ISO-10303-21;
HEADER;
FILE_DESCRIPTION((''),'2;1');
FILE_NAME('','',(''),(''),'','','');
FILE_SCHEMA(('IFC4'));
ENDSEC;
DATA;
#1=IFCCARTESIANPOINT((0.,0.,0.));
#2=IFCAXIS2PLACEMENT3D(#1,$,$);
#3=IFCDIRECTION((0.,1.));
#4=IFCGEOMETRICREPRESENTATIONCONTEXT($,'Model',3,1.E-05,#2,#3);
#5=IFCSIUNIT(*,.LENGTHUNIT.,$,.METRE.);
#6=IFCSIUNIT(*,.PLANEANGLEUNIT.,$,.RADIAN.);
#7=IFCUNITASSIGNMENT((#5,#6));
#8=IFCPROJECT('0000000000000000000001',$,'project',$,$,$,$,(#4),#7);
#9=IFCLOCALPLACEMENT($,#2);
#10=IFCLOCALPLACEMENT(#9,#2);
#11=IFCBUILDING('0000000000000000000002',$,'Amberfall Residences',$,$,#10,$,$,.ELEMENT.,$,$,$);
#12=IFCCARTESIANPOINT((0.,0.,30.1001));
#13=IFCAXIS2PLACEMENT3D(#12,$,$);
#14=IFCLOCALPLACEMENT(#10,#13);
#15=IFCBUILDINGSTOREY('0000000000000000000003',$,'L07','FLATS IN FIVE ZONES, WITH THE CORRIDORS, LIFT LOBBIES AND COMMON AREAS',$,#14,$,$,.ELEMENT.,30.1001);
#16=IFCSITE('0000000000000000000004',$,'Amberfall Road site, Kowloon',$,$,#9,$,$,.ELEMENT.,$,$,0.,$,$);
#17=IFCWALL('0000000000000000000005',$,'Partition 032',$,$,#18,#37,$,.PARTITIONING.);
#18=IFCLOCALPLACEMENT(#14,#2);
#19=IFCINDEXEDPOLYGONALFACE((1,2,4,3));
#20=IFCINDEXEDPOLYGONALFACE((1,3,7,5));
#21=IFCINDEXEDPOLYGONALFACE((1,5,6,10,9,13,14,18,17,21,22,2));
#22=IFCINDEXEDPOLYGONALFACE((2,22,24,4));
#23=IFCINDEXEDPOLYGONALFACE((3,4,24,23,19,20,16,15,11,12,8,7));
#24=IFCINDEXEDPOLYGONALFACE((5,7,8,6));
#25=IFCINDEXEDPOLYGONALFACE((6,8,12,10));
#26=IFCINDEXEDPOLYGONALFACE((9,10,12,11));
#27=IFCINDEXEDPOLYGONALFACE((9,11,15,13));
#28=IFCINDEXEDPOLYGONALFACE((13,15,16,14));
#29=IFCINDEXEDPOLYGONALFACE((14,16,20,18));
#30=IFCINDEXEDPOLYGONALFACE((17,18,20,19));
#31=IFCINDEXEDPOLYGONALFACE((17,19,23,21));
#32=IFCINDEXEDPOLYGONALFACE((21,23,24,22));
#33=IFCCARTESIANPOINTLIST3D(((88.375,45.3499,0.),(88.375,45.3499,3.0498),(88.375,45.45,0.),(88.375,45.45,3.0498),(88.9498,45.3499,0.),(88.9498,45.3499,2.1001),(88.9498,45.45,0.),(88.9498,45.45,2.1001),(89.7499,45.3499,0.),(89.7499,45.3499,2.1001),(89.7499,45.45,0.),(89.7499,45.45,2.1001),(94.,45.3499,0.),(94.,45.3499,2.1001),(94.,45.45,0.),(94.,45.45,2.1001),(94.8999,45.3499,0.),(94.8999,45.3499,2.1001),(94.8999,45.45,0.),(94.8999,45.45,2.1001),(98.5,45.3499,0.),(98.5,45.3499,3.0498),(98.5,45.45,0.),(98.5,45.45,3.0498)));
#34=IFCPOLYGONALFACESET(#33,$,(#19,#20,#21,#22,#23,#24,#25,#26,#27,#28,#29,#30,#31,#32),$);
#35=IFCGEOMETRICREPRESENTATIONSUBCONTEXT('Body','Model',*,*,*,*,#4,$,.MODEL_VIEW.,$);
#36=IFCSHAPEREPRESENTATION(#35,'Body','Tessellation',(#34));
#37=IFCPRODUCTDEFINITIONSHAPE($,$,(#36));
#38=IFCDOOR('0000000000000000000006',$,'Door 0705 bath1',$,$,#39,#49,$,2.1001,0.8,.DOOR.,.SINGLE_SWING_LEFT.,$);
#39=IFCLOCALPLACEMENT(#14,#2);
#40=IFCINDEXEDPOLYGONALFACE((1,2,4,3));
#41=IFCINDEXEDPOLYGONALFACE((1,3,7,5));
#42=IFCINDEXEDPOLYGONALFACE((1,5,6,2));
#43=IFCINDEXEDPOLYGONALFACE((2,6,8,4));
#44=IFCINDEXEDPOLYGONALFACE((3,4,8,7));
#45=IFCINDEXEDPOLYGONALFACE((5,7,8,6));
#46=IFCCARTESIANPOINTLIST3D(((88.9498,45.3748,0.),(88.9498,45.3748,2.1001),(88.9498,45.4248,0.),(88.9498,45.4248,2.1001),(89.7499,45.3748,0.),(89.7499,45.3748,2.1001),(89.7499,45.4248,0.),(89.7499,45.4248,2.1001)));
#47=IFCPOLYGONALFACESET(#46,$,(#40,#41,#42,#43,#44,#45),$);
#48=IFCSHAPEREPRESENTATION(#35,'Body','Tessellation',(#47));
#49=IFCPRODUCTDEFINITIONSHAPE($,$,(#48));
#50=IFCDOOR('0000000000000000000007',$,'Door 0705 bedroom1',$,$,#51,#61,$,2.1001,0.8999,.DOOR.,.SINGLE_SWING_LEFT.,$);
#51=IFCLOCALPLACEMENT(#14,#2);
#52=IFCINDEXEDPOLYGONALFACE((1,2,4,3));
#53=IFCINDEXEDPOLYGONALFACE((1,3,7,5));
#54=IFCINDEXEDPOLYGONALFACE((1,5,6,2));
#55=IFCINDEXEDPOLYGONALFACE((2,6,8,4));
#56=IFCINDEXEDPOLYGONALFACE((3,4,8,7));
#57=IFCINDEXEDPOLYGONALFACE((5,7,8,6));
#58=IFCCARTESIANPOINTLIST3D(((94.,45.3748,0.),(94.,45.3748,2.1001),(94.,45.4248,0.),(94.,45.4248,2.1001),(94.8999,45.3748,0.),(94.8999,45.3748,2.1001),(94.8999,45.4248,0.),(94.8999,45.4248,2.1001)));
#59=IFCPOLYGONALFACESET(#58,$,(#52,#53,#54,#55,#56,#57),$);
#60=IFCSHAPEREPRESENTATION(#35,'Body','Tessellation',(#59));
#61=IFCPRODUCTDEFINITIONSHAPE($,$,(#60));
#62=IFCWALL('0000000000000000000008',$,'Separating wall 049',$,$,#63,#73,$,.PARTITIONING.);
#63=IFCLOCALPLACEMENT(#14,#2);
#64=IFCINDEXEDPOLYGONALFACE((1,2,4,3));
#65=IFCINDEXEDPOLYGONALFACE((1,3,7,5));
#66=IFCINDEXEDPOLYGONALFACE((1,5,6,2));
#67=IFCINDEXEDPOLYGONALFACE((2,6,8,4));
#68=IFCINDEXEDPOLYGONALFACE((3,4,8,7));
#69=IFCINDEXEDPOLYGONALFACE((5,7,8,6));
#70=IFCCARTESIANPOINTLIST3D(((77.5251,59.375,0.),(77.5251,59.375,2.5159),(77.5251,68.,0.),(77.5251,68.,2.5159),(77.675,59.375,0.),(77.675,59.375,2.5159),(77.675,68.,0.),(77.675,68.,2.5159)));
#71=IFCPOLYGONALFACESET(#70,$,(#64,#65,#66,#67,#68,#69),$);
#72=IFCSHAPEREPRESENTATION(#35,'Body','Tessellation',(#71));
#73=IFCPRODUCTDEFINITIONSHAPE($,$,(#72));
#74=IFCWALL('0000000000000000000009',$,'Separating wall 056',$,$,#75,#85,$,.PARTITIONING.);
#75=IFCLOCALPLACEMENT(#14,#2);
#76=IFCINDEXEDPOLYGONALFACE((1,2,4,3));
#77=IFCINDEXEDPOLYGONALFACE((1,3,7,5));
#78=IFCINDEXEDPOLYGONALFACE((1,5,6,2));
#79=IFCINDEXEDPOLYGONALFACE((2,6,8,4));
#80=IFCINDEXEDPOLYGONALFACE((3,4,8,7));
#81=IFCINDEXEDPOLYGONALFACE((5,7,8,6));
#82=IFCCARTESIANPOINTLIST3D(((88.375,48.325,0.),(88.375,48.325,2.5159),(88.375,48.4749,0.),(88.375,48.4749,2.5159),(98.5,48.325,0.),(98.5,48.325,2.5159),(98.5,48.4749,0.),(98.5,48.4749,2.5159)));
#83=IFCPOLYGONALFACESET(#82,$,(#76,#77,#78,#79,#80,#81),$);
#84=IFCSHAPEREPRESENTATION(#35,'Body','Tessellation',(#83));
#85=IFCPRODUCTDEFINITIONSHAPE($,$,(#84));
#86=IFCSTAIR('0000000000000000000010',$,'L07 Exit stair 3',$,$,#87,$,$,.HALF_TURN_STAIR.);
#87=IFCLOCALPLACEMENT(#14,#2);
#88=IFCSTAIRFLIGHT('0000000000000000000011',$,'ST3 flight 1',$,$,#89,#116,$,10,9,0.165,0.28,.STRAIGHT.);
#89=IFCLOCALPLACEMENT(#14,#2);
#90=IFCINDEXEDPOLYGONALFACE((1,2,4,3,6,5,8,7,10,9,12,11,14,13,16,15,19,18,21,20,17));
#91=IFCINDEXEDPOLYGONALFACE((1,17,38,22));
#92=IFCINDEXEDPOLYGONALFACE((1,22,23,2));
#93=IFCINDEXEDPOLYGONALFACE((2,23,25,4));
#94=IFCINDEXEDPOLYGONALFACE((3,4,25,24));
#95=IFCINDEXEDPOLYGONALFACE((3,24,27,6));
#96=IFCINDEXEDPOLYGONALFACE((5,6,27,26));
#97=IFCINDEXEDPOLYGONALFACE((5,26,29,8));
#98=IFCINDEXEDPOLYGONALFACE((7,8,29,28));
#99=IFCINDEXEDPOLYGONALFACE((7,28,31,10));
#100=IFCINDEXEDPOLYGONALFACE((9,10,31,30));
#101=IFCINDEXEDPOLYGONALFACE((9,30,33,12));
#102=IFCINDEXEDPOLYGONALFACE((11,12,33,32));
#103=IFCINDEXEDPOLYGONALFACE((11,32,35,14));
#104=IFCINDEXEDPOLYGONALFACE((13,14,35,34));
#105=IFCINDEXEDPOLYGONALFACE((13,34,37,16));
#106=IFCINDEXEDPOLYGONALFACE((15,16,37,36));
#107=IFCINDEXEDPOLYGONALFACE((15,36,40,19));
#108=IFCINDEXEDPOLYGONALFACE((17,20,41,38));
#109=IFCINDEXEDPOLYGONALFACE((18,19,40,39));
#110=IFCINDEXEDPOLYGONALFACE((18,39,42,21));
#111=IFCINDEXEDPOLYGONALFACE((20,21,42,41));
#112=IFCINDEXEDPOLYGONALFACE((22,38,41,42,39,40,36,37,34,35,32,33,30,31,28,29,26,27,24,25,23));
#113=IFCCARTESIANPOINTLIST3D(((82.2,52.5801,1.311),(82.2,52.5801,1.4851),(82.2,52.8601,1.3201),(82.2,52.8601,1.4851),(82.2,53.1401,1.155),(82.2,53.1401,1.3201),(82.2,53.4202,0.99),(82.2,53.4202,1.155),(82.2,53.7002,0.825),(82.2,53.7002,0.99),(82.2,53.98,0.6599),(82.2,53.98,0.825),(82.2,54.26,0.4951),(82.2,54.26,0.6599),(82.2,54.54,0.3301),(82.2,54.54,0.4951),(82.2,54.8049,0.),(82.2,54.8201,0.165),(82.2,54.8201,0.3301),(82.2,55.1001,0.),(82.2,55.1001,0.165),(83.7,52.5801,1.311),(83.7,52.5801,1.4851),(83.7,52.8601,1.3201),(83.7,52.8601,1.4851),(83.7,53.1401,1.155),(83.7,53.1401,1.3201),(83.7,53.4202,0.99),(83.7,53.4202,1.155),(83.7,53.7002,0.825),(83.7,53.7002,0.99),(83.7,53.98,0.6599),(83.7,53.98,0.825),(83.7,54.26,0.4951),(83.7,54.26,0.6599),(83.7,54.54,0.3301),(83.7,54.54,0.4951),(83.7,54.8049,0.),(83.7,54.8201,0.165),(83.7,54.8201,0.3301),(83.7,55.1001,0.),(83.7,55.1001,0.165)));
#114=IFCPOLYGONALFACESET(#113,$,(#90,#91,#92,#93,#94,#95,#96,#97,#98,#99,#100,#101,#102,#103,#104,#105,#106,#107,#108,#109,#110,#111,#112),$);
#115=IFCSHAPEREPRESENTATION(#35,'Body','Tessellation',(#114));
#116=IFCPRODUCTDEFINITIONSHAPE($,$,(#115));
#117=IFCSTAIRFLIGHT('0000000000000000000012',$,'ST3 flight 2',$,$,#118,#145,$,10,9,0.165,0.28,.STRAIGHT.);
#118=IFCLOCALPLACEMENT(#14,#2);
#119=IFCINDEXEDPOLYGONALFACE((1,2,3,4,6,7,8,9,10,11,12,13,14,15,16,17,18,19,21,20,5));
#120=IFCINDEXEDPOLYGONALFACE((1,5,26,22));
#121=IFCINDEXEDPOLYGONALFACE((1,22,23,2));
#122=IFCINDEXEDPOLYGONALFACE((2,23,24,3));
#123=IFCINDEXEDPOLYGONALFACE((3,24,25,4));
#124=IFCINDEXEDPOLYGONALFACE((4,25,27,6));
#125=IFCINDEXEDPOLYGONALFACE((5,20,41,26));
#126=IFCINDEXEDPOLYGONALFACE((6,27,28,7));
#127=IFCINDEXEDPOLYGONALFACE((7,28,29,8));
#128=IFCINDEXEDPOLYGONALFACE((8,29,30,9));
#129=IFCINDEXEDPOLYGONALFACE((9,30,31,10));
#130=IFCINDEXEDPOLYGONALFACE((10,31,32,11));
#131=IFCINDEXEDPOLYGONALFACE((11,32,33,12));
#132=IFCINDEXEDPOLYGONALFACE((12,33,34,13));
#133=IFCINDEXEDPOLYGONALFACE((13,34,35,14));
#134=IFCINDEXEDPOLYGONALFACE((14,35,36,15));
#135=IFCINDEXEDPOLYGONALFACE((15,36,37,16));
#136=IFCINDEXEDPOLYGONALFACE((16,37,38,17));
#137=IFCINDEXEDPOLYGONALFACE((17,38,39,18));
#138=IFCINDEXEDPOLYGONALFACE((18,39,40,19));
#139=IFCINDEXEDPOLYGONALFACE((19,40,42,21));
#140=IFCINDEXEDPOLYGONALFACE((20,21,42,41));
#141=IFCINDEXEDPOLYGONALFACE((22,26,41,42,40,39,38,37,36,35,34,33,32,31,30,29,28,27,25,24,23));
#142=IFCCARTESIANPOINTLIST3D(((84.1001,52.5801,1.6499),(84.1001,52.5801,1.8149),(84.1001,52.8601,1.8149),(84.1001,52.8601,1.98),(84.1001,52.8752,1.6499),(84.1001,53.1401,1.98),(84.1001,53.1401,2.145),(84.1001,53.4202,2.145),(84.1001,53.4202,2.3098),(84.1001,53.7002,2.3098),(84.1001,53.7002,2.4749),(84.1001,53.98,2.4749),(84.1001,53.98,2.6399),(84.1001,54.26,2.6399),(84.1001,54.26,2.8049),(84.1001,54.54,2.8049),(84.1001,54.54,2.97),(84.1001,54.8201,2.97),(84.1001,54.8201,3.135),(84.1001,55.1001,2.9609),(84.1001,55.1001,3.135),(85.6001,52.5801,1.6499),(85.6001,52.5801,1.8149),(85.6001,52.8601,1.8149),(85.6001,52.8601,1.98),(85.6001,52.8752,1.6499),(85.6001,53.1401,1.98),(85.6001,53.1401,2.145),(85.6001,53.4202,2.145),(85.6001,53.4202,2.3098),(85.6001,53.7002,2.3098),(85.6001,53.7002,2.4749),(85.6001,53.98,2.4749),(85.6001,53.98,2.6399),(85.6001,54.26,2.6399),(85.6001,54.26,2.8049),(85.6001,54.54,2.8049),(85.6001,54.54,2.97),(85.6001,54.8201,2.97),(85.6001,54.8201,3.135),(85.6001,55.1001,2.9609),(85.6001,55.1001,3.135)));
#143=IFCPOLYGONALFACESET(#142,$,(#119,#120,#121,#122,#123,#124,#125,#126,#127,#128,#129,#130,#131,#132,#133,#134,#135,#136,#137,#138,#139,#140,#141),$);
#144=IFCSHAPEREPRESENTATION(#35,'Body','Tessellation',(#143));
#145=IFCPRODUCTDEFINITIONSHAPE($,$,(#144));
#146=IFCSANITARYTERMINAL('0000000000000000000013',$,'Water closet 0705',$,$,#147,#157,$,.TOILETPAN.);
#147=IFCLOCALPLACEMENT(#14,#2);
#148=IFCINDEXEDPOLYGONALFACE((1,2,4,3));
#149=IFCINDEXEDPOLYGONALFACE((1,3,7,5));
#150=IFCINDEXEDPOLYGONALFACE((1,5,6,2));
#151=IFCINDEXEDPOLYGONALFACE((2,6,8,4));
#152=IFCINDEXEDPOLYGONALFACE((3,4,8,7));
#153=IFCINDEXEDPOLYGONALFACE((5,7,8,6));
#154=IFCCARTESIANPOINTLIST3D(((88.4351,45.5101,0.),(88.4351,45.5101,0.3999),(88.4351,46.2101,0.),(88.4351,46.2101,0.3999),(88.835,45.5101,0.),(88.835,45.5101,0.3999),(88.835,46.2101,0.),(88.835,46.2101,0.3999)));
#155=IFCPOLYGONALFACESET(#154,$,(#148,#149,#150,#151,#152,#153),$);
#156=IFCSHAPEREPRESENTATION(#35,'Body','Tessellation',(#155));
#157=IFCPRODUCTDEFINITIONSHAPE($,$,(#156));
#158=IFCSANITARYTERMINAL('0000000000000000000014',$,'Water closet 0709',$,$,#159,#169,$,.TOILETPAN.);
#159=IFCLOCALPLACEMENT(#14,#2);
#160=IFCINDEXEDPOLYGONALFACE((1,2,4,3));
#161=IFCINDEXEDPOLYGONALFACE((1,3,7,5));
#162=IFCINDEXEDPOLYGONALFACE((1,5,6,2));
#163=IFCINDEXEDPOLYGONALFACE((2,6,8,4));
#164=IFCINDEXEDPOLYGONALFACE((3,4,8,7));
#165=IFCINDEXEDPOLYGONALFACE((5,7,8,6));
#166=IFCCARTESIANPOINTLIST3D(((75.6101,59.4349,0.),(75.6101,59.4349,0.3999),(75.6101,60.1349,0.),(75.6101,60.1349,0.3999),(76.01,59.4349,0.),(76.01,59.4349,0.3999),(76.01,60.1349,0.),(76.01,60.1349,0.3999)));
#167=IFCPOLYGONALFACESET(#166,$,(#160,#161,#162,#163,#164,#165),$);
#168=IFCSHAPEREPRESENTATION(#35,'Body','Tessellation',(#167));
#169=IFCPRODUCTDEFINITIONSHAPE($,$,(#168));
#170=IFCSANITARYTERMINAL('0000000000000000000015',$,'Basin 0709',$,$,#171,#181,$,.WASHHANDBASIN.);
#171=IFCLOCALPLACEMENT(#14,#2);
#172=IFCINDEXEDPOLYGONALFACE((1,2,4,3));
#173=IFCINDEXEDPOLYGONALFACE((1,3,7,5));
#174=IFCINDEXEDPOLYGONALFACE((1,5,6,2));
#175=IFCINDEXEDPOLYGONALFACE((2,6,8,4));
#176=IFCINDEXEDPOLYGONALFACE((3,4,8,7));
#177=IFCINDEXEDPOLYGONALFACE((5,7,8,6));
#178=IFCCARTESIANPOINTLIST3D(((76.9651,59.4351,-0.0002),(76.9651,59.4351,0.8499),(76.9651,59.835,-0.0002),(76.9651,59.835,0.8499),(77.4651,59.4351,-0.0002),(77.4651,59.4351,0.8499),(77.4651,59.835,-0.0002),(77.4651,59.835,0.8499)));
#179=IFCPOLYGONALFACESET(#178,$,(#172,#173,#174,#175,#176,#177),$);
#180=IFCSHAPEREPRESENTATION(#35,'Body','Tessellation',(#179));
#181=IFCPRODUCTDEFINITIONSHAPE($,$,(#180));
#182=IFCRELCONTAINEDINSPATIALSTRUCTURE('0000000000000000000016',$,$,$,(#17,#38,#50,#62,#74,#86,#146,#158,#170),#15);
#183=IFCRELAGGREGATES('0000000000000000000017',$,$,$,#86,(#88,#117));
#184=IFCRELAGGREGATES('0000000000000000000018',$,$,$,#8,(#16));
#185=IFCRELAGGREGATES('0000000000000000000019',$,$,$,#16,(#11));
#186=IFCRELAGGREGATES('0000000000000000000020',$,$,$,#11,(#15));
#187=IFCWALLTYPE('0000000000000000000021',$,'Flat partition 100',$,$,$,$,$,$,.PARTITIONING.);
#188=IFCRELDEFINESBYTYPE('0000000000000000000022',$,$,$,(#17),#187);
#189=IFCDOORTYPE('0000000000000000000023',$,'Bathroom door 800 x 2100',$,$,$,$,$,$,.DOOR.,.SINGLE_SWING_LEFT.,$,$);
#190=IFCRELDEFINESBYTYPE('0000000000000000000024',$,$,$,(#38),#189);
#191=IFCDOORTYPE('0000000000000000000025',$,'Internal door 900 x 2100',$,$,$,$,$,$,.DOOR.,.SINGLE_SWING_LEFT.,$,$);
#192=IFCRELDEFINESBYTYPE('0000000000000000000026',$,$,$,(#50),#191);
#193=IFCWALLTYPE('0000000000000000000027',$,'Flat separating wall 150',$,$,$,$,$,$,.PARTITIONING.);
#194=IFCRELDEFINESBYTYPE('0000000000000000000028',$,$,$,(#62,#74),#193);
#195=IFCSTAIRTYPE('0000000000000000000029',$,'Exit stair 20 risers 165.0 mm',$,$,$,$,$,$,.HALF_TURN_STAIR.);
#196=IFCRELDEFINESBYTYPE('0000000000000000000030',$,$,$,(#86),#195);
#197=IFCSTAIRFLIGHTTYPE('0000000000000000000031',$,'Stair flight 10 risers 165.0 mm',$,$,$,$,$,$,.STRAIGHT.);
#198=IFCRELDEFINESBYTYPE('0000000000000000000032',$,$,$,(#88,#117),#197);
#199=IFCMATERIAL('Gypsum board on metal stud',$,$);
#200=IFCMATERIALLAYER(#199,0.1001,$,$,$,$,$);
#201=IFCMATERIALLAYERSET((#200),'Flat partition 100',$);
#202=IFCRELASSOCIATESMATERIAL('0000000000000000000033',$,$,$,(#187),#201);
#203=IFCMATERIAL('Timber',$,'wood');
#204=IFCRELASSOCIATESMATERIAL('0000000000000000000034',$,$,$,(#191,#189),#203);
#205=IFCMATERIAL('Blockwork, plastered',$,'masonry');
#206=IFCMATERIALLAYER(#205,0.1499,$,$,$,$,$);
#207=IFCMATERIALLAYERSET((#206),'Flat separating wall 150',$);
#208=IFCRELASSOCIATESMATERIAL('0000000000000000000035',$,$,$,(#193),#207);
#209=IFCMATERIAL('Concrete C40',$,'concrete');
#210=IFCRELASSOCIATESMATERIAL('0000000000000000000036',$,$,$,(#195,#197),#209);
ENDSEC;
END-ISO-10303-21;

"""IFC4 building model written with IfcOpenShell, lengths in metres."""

from ifc_helpers import new_model, si_unit, direction, frame, frame_2d, origin, origin_2d, place, context, subcontext, project, spatial, polyline, rectangle, outline, extrude, material, layer, layer_set, type_object, element, fill, aggregate, save


model = new_model("IFC4")

# Units and contexts
model_context = context("Model", 3, precision=1e-05, world=origin(), true_north=direction((0.0, 1.0)))
body_context = subcontext(model_context, "Body", "Model", "MODEL_VIEW")
ifc_project = project(units=[si_unit("LENGTHUNIT", "METRE"), si_unit("PLANEANGLEUNIT", "RADIAN")], contexts=[model_context])

# Site, building, storey
site_placement = place(None, origin())
site = spatial("IfcSite", under=ifc_project, at=site_placement, Name="Amberfall Road site, Kowloon", CompositionType="ELEMENT", RefElevation=0.0)
building_placement = place(site_placement, origin())
building = spatial("IfcBuilding", under=site, at=building_placement, Name="Amberfall Residences", CompositionType="ELEMENT")
storey_placement = place(building_placement, frame((0.0, 0.0, 30.1001)))
storey = spatial("IfcBuildingStorey", under=building, at=storey_placement, Name="L07", Description="FLATS IN FIVE ZONES, WITH THE CORRIDORS, LIFT LOBBIES AND COMMON AREAS", CompositionType="ELEMENT", Elevation=30.1001)

# Shared definitions
ifc_material_1 = material(Name="Gypsum board on metal stud")
ifc_layer_1 = layer(ifc_material_1, 0.1001)
ifc_layer_set_1 = layer_set([ifc_layer_1], Name="Flat partition 100")
wall_type_1 = type_object("IfcWallType", Name="Flat partition 100", PredefinedType="PARTITIONING", material=ifc_layer_set_1)
ifc_material_2 = material(Name="Timber", Category="wood")
door_type_1 = type_object("IfcDoorType", Name="Internal door 900 x 2100", OperationType="SINGLE_SWING_LEFT", PredefinedType="DOOR", material=ifc_material_2)

# Wall, openings, doors
wall_1_placement = place(storey_placement, frame((88.375, 45.3999, 0.0), z_axis=(0.0, 0.0, 1.0), x_axis=(1.0, 0.0, 0.0)))
wall_1 = element("IfcWall", 1, at=wall_1_placement, inside=storey, type_object=wall_type_1, Name="Partition 032", PredefinedType="PARTITIONING", context=body_context, shape_type="SweptSolid", body=[
    extrude(rectangle(XDim=10.125, YDim=0.1001, at=frame_2d((5.0625, 0.0))), origin(), (0.0, 0.0, 1.0), 3.0498),
])
opening_1_placement = place(wall_1_placement, frame((5.625, 0.0, 0.0)))
opening_1 = element("IfcOpeningElement", 2, at=opening_1_placement, cuts=wall_1, PredefinedType="OPENING", context=body_context, shape_type="SweptSolid", body=[
    extrude(rectangle(XDim=0.8999, YDim=2.1001, at=frame_2d((0.45, 1.05))), frame((0.0, 0.0601, 0.0), z_axis=(0.0, -1.0, 0.0), x_axis=(1.0, 0.0, 0.0)), (0.0, 0.0, 1.0), 0.1201),
])
opening_2_placement = place(wall_1_placement, frame((0.575, 0.0, 0.0)))
opening_2 = element("IfcOpeningElement", 3, at=opening_2_placement, cuts=wall_1, PredefinedType="OPENING", context=body_context, shape_type="SweptSolid", body=[
    extrude(rectangle(XDim=0.8, YDim=2.1001, at=frame_2d((0.3999, 1.05))), frame((0.0, 0.0601, 0.0), z_axis=(0.0, -1.0, 0.0), x_axis=(1.0, 0.0, 0.0)), (0.0, 0.0, 1.0), 0.1201),
])
door_type_2 = type_object("IfcDoorType", Name="Bathroom door 800 x 2100", OperationType="SINGLE_SWING_LEFT", PredefinedType="DOOR", material=ifc_material_2)
door_1_placement = place(opening_2_placement, origin())
door_1 = element("IfcDoor", 4, at=door_1_placement, inside=storey, type_object=door_type_2, Name="Door 0705 bath1", OperationType="SINGLE_SWING_LEFT", OverallHeight=2.1001, OverallWidth=0.8, PredefinedType="DOOR", context=body_context, shape_type="SweptSolid", body=[
    extrude(rectangle(XDim=0.8, YDim=2.1001, at=frame_2d((0.3999, 1.05))), frame((0.0, 0.0249, 0.0), z_axis=(0.0, -1.0, 0.0), x_axis=(1.0, 0.0, 0.0)), (0.0, 0.0, 1.0), 0.05),
])
fill(opening_2, door_1)
door_2_placement = place(opening_1_placement, origin())
door_2 = element("IfcDoor", 5, at=door_2_placement, inside=storey, type_object=door_type_1, Name="Door 0705 bedroom1", OperationType="SINGLE_SWING_LEFT", OverallHeight=2.1001, OverallWidth=0.8999, PredefinedType="DOOR", context=body_context, shape_type="SweptSolid", body=[
    extrude(rectangle(XDim=0.8999, YDim=2.1001, at=frame_2d((0.45, 1.05))), frame((0.0, 0.0249, 0.0), z_axis=(0.0, -1.0, 0.0), x_axis=(1.0, 0.0, 0.0)), (0.0, 0.0, 1.0), 0.05),
])
fill(opening_1, door_2)

# Walls
ifc_material_3 = material(Name="Blockwork, plastered", Category="masonry")
ifc_layer_2 = layer(ifc_material_3, 0.1499)
ifc_layer_set_2 = layer_set([ifc_layer_2], Name="Flat separating wall 150")
wall_type_2 = type_object("IfcWallType", Name="Flat separating wall 150", PredefinedType="PARTITIONING", material=ifc_layer_set_2)
wall_2_placement = place(storey_placement, frame((77.6001, 59.375, 0.0), z_axis=(0.0, 0.0, 1.0), x_axis=(0.0, 1.0, 0.0)))
element("IfcWall", 6, at=wall_2_placement, inside=storey, type_object=wall_type_2, Name="Separating wall 049", PredefinedType="PARTITIONING", context=body_context, shape_type="SweptSolid", body=[
    extrude(rectangle(XDim=8.625, YDim=0.1499, at=frame_2d((4.3125, 0.0))), origin(), (0.0, 0.0, 1.0), 2.5159),
])
wall_3_placement = place(storey_placement, frame((88.375, 48.3999, 0.0), z_axis=(0.0, 0.0, 1.0), x_axis=(1.0, 0.0, 0.0)))
element("IfcWall", 7, at=wall_3_placement, inside=storey, type_object=wall_type_2, Name="Separating wall 056", PredefinedType="PARTITIONING", context=body_context, shape_type="SweptSolid", body=[
    extrude(rectangle(XDim=10.125, YDim=0.1499, at=frame_2d((5.0625, 0.0))), origin(), (0.0, 0.0, 1.0), 2.5159),
])

# Stair, stair flights
ifc_material_4 = material(Name="Concrete C40", Category="concrete")
stair_type = type_object("IfcStairType", Name="Exit stair 20 risers 165.0 mm", PredefinedType="HALF_TURN_STAIR", material=ifc_material_4)
stair_placement = place(storey_placement, origin())
stair = element("IfcStair", 8, at=stair_placement, inside=storey, type_object=stair_type, Name="L07 Exit stair 3", PredefinedType="HALF_TURN_STAIR")
stair_flight_type = type_object("IfcStairFlightType", Name="Stair flight 10 risers 165.0 mm", PredefinedType="STRAIGHT", material=ifc_material_4)
stair_flight_1_placement = place(storey_placement, frame((82.95, 55.1001, 0.0), z_axis=(0.0, 0.0, 1.0), x_axis=(0.0, -1.0, 0.0)))
stair_flight_1 = element("IfcStairFlight", 9, at=stair_flight_1_placement, type_object=stair_flight_type, Name="ST3 flight 1", NumberOfRisers=10, NumberOfTreads=9, PredefinedType="STRAIGHT", RiserHeight=0.165, TreadLength=0.28, context=body_context, shape_type="SweptSolid", body=[
    extrude(outline(polyline([(0.0, 0.0), (0.0, 0.165), (0.28, 0.165), (0.28, 0.3301), (0.5601, 0.3301), (0.5601, 0.4951), (0.8401, 0.4951), (0.8401, 0.6599), (1.1201, 0.6599), (1.1201, 0.825), (1.3999, 0.825), (1.3999, 0.99), (1.6799, 0.99), (1.6799, 1.155), (1.96, 1.155), (1.96, 1.3201), (2.24, 1.3201), (2.24, 1.4851), (2.52, 1.4851), (2.52, 1.6499), (2.52, 1.311), (0.2952, 0.0), (0.0, 0.0)])), frame((0.0, 0.75, 0.0), z_axis=(0.0, -1.0, 0.0), x_axis=(1.0, 0.0, 0.0)), (0.0, 0.0, 1.0), 1.5),
])
stair_flight_2_placement = place(storey_placement, frame((84.8501, 52.5801, 1.6499), z_axis=(0.0, 0.0, 1.0), x_axis=(0.0, 1.0, 0.0)))
stair_flight_2 = element("IfcStairFlight", 10, at=stair_flight_2_placement, type_object=stair_flight_type, Name="ST3 flight 2", NumberOfRisers=10, NumberOfTreads=9, PredefinedType="STRAIGHT", RiserHeight=0.165, TreadLength=0.28, context=body_context, shape_type="SweptSolid", body=[
    extrude(outline(polyline([(0.0, 0.0), (0.0, 0.165), (0.28, 0.165), (0.28, 0.3301), (0.5601, 0.3301), (0.5601, 0.4951), (0.8401, 0.4951), (0.8401, 0.6599), (1.1201, 0.6599), (1.1201, 0.825), (1.3999, 0.825), (1.3999, 0.99), (1.6799, 0.99), (1.6799, 1.155), (1.96, 1.155), (1.96, 1.3201), (2.24, 1.3201), (2.24, 1.4851), (2.52, 1.4851), (2.52, 1.6499), (2.52, 1.311), (0.2952, 0.0), (0.0, 0.0)])), frame((0.0, 0.75, 0.0), z_axis=(0.0, -1.0, 0.0), x_axis=(1.0, 0.0, 0.0)), (0.0, 0.0, 1.0), 1.5),
])
aggregate(stair, [stair_flight_1, stair_flight_2])

# Sanitary terminals
for number, where, z_axis, x_axis, name in (
    (11, (88.635, 45.8601, 0.0), (0.0, 0.0, 1.0), (1.0, 0.0, 0.0), "Water closet 0705"),
    (12, (75.8101, 59.7849, 0.0), (0.0, 0.0, 1.0), (1.0, 0.0, 0.0), "Water closet 0709"),
):
    element("IfcSanitaryTerminal", number, at=place(storey_placement, frame(where, z_axis=z_axis, x_axis=x_axis)), inside=storey, Name=name, PredefinedType="TOILETPAN", context=body_context, shape_type="SweptSolid", body=[
        extrude(rectangle(XDim=0.3999, YDim=0.7, at=origin_2d()), origin(), (0.0, 0.0, 1.0), 0.3999),
    ])
for number, where, z_axis, x_axis, name in (
    (13, (77.2151, 59.635, -0.0002), (0.0, 0.0, 1.0), (1.0, 0.0, 0.0), "Basin 0709"),
):
    element("IfcSanitaryTerminal", number, at=place(storey_placement, frame(where, z_axis=z_axis, x_axis=x_axis)), inside=storey, Name=name, PredefinedType="WASHHANDBASIN", context=body_context, shape_type="SweptSolid", body=[
        extrude(rectangle(XDim=0.5, YDim=0.3999, at=origin_2d()), origin(), (0.0, 0.0, 1.0), 0.8501),
    ])

save(model, "model.ifc")
